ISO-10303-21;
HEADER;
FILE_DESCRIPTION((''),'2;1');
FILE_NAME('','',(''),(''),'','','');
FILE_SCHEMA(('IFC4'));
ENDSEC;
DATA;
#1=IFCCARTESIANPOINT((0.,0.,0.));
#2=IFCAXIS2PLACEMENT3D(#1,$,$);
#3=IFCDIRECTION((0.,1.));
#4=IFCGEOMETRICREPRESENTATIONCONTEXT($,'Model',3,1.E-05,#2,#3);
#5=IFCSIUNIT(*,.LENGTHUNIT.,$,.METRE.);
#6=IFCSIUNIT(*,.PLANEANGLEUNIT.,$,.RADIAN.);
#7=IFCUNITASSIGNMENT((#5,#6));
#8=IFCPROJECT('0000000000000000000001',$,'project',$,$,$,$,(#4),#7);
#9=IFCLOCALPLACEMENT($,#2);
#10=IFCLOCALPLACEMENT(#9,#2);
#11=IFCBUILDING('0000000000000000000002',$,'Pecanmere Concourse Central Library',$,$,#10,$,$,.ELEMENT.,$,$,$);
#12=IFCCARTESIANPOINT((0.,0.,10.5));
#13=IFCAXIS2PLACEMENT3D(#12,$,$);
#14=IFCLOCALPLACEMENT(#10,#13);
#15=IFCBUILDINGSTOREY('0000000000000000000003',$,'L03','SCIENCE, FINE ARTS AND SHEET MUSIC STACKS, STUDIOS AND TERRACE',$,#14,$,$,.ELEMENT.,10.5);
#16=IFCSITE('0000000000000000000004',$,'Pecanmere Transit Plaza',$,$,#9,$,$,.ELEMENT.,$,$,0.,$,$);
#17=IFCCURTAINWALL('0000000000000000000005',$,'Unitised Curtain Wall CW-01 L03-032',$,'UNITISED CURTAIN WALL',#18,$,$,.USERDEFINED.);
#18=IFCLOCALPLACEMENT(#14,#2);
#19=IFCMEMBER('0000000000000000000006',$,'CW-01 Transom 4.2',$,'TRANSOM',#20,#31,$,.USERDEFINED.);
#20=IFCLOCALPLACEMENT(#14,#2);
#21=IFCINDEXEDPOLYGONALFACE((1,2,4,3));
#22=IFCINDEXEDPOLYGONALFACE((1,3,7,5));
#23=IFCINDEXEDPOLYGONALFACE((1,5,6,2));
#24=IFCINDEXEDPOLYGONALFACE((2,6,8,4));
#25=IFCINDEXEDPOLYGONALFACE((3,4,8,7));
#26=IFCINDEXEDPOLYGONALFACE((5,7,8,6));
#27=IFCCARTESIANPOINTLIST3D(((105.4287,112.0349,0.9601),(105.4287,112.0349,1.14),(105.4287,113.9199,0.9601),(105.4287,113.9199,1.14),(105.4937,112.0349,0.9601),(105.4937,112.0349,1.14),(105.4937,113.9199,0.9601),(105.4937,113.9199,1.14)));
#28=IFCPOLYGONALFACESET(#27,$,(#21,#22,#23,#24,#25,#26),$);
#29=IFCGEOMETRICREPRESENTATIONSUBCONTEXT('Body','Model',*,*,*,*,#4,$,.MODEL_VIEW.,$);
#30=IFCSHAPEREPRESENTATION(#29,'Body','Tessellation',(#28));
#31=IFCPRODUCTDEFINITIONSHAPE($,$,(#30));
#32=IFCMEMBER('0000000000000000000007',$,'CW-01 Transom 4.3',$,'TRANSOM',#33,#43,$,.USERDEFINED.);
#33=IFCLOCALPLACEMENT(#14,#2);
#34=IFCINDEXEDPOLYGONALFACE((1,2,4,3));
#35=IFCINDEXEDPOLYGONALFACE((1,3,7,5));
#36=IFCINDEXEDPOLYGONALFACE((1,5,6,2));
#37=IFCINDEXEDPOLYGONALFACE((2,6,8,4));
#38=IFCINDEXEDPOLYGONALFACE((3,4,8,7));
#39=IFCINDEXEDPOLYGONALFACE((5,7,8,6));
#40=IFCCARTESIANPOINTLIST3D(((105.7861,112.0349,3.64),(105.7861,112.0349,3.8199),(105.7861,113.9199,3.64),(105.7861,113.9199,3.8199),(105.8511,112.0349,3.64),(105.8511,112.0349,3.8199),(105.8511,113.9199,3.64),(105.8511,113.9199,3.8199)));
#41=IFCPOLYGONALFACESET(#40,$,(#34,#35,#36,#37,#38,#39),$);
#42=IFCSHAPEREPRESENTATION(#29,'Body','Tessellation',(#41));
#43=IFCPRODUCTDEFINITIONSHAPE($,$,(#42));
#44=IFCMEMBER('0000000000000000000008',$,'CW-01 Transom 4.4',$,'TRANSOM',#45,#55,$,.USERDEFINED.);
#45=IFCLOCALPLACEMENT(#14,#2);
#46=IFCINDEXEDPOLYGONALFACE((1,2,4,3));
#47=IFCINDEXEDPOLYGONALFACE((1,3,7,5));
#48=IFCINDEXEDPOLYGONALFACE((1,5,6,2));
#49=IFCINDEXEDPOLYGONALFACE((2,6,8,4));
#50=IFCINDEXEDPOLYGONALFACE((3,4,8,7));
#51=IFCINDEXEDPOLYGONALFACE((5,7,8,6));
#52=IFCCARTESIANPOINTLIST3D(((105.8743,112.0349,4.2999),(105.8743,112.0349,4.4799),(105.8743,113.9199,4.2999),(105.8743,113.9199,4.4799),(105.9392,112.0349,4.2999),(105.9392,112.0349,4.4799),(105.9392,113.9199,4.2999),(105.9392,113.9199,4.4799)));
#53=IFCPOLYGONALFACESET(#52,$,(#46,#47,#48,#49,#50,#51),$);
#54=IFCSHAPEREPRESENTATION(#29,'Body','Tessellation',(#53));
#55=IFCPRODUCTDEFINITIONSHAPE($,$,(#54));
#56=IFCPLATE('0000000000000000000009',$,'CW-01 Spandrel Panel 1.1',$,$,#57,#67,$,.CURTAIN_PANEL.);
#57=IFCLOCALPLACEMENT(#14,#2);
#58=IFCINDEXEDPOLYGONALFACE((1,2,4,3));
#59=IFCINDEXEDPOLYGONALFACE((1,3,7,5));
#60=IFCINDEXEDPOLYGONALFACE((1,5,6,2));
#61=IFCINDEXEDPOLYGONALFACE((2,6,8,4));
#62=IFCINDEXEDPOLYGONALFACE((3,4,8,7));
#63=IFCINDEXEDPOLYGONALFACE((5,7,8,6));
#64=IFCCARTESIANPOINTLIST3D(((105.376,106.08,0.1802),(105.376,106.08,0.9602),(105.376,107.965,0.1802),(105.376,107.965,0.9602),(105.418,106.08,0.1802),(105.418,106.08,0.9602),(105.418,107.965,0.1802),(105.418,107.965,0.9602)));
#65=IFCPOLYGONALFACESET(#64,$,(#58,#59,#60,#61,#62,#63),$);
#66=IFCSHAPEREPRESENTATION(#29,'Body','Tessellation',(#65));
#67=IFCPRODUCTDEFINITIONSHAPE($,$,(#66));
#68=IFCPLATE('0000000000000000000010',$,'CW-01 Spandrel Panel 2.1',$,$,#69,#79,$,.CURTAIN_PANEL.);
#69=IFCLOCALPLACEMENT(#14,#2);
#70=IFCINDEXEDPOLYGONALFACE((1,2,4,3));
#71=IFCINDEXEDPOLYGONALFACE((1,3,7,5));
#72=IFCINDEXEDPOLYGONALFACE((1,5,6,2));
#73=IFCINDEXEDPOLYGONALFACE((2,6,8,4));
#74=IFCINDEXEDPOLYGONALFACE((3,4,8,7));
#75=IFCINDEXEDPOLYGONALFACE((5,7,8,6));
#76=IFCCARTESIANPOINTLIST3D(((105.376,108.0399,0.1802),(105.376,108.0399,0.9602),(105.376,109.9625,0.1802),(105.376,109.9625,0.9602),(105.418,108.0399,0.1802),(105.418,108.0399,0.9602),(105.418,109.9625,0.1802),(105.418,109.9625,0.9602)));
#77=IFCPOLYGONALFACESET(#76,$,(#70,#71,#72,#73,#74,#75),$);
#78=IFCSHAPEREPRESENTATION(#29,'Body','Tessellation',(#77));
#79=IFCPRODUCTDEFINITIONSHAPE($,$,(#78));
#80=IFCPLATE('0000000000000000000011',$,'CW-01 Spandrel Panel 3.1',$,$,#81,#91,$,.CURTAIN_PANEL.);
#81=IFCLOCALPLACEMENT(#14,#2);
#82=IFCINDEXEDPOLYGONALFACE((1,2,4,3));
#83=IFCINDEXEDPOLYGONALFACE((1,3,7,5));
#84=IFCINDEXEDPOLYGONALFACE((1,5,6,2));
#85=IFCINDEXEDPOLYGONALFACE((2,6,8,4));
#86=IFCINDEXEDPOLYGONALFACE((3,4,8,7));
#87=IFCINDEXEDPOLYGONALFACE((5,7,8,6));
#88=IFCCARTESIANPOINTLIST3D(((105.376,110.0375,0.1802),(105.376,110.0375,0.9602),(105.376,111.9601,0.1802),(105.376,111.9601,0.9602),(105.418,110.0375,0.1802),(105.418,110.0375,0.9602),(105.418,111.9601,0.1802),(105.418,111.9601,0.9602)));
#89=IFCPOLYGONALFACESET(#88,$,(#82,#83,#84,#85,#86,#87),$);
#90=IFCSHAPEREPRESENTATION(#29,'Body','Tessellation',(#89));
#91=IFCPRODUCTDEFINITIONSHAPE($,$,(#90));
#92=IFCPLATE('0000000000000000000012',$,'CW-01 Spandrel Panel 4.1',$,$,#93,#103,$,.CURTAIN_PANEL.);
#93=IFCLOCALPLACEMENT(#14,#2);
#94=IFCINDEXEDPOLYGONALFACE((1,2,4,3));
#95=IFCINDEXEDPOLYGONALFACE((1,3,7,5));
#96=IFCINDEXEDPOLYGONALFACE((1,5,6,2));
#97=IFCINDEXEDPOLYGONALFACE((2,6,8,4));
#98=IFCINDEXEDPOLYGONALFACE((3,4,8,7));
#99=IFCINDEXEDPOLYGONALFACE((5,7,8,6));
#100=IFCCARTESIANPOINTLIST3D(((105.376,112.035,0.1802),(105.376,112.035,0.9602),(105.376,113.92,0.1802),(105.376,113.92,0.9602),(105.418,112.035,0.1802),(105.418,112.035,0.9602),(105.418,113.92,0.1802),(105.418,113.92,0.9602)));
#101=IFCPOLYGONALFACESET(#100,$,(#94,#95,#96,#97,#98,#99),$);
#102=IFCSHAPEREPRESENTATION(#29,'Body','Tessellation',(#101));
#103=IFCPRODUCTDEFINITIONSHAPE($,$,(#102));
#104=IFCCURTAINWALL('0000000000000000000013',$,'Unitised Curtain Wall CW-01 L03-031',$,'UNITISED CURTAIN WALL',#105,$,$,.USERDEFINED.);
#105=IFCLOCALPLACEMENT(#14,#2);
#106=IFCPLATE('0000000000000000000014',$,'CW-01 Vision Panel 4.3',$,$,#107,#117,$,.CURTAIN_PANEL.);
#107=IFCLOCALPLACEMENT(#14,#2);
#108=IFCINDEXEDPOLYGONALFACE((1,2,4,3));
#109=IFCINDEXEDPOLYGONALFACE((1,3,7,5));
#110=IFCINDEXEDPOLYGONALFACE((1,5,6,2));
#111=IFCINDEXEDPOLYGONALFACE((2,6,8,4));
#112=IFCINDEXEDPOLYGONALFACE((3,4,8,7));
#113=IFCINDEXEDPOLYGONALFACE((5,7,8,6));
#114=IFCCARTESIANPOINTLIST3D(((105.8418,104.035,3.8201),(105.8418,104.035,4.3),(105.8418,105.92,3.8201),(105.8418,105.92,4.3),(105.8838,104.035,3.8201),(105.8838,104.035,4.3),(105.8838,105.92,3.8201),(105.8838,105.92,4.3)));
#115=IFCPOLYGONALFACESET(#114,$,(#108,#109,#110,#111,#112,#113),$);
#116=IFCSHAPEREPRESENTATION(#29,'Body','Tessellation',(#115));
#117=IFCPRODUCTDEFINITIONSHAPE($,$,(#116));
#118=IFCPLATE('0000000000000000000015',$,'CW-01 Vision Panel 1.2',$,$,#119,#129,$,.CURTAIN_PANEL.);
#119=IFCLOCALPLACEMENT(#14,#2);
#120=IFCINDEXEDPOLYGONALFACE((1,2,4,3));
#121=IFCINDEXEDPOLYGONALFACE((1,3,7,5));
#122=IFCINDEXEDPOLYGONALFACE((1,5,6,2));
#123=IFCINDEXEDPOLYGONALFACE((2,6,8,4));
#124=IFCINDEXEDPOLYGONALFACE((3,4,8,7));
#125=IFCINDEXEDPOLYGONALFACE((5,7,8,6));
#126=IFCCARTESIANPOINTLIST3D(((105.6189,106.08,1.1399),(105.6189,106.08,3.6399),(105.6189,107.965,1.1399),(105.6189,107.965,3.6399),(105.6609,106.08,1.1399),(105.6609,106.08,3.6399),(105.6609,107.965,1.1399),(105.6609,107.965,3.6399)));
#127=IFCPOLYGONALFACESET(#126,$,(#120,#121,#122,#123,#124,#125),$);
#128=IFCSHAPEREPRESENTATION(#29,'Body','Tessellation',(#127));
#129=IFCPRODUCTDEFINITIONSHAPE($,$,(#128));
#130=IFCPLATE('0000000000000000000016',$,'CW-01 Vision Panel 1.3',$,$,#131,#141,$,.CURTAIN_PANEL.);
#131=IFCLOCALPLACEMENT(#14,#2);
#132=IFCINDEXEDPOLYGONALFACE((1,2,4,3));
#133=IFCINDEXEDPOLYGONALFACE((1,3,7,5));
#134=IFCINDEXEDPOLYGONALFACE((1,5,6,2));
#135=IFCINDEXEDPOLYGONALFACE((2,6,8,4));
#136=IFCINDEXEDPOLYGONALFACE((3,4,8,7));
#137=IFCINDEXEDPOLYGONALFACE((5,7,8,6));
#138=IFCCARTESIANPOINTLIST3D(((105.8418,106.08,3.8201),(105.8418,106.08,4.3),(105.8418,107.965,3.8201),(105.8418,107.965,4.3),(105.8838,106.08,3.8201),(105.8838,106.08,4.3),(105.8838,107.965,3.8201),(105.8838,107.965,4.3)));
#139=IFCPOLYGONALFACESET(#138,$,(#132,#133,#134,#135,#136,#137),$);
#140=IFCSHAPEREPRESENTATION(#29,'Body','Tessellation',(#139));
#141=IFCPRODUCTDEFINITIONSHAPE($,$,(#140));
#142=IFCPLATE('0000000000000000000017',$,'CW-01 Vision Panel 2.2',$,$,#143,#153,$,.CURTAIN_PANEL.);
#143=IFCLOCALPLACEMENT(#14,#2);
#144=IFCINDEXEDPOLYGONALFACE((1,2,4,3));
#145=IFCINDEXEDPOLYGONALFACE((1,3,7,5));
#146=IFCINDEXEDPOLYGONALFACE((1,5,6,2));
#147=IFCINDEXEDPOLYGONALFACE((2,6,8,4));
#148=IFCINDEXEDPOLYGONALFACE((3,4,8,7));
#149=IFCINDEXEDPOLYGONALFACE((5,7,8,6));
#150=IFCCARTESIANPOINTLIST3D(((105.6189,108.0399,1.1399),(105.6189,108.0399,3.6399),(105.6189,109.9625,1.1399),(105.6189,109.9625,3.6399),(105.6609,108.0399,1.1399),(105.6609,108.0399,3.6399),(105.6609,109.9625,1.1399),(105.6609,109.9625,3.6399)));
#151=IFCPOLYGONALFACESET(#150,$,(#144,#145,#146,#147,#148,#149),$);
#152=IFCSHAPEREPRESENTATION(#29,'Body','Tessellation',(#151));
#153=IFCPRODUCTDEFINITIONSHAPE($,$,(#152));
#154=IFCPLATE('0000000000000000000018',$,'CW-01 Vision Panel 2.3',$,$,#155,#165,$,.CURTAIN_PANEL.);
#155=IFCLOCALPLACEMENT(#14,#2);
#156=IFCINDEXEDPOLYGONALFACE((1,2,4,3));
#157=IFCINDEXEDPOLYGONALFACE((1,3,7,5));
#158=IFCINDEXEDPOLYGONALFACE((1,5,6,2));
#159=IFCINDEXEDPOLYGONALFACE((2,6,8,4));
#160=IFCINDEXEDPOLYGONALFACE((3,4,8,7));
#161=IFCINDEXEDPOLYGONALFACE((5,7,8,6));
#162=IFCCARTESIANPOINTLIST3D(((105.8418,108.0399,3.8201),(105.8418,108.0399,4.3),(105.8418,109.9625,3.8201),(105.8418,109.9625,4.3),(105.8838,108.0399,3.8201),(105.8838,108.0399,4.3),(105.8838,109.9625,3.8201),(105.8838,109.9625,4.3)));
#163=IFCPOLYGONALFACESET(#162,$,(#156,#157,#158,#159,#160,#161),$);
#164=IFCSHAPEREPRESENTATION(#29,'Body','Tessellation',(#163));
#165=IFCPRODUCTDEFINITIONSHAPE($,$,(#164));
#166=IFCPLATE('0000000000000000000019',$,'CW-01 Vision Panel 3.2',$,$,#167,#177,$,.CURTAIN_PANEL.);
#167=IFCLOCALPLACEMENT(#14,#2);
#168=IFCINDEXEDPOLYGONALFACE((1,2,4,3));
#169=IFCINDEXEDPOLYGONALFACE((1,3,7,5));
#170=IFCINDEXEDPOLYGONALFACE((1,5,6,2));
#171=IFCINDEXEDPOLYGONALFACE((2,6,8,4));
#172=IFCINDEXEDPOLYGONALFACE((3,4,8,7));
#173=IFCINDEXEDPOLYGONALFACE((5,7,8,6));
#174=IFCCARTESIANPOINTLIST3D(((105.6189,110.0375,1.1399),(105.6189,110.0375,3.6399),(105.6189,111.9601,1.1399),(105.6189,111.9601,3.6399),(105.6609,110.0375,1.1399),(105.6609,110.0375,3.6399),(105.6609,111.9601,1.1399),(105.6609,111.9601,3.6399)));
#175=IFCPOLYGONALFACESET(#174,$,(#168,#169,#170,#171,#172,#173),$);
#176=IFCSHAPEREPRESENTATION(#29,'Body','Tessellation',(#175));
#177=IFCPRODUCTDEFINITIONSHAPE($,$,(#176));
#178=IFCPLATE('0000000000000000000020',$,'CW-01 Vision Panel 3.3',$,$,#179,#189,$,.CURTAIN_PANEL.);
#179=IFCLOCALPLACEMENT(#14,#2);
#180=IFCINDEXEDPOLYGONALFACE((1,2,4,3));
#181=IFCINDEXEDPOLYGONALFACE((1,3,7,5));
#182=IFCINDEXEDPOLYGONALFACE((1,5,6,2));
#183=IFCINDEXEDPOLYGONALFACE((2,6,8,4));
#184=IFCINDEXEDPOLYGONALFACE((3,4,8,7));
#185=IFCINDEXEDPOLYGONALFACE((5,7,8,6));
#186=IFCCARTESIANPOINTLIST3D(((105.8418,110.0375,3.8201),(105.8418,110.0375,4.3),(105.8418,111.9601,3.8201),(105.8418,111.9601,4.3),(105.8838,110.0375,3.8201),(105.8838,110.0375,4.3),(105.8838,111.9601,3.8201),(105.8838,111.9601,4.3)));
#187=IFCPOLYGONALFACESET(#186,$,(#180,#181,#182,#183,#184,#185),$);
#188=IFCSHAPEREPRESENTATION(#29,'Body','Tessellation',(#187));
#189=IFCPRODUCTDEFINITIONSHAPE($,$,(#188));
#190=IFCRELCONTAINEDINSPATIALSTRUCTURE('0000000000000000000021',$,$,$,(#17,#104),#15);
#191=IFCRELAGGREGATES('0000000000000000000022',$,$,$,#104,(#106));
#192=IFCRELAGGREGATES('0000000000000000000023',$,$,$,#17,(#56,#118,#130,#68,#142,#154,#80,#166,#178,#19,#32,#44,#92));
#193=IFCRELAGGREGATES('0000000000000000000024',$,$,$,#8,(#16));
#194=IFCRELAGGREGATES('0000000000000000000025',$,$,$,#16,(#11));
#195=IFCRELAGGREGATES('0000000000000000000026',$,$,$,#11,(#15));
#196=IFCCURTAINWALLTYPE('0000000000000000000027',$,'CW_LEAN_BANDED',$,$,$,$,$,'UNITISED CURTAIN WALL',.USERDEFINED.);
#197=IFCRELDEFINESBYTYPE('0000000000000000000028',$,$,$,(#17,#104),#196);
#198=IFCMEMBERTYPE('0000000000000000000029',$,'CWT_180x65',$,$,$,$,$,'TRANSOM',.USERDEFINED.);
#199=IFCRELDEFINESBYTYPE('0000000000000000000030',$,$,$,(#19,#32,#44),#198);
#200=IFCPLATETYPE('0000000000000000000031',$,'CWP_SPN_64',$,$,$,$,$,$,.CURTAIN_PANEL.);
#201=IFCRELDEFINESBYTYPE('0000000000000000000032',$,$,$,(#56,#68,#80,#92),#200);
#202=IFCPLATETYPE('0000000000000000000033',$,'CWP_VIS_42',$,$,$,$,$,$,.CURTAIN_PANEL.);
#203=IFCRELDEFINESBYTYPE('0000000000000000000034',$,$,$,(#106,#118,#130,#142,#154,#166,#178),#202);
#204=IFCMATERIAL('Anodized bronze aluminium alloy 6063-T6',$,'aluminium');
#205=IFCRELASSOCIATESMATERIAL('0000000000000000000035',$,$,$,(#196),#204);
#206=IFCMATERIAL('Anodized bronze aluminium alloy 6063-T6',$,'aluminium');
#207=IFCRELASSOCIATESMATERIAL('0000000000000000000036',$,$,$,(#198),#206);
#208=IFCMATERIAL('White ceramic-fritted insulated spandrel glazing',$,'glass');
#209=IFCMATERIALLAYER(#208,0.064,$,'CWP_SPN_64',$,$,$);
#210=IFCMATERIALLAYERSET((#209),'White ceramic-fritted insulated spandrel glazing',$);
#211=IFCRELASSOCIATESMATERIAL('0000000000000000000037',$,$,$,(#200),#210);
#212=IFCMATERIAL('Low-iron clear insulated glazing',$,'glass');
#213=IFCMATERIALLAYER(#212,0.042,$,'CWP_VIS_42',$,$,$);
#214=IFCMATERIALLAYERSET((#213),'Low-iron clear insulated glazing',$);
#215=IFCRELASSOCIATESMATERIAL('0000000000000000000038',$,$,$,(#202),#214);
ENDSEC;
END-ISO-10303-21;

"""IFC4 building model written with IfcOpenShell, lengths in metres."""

from ifc_helpers import new_model, si_unit, direction, frame, origin, origin_2d, place, context, subcontext, project, spatial, rectangle, extrude, material, layer, layer_set, material_profile, profile_set, type_object, element, aggregate, save


model = new_model("IFC4")

# Units and contexts
model_context = context("Model", 3, precision=1e-05, world=origin(), true_north=direction((0.0, 1.0)))
body_context = subcontext(model_context, "Body", "Model", "MODEL_VIEW")
ifc_project = project(units=[si_unit("LENGTHUNIT", "METRE"), si_unit("PLANEANGLEUNIT", "RADIAN")], contexts=[model_context])

# Site, building, storey
site_placement = place(None, origin())
site = spatial("IfcSite", under=ifc_project, at=site_placement, Name="Pecanmere Transit Plaza", CompositionType="ELEMENT", RefElevation=0.0)
building_placement = place(site_placement, origin())
building = spatial("IfcBuilding", under=site, at=building_placement, Name="Pecanmere Concourse Central Library", CompositionType="ELEMENT")
storey_placement = place(building_placement, frame((0.0, 0.0, 10.5)))
storey = spatial("IfcBuildingStorey", under=building, at=storey_placement, Name="L03", Description="SCIENCE, FINE ARTS AND SHEET MUSIC STACKS, STUDIOS AND TERRACE", CompositionType="ELEMENT", Elevation=10.5)

# Curtain wall, members, plates
ifc_material_1 = material(Name="Anodized bronze aluminium alloy 6063-T6", Category="aluminium")
curtain_wall_type = type_object("IfcCurtainWallType", Name="CW_LEAN_BANDED", ElementType="UNITISED CURTAIN WALL", PredefinedType="USERDEFINED", material=ifc_material_1)
curtain_wall_1_placement = place(storey_placement, origin())
curtain_wall_1 = element("IfcCurtainWall", 1, at=curtain_wall_1_placement, inside=storey, type_object=curtain_wall_type, Name="Unitised Curtain Wall CW-01 L03-032", ObjectType="UNITISED CURTAIN WALL", PredefinedType="USERDEFINED")
ifc_material_2 = material(Name="Anodized bronze aluminium alloy 6063-T6", Category="aluminium")
ifc_material_profile_1 = material_profile(ifc_material_2, rectangle(XDim=0.0649, YDim=0.1799, at=origin_2d()), Name="AL 65x180")
ifc_profile_set_1 = profile_set([ifc_material_profile_1], Name="Anodized bronze aluminium alloy 6063-T6")
member_type = type_object("IfcMemberType", Name="CWT_180x65", ElementType="TRANSOM", PredefinedType="USERDEFINED", material=ifc_profile_set_1)
member_1_placement = place(storey_placement, frame((105.4612, 112.0349, 1.05), z_axis=(0.0, 1.0, 0.0), x_axis=(-1.0, 0.0, 0.0)))
member_1 = element("IfcMember", 2, at=member_1_placement, type_object=member_type, Name="CW-01 Transom 4.2", ObjectType="TRANSOM", PredefinedType="USERDEFINED", context=body_context, shape_type="SweptSolid", body=[
    extrude(rectangle(XDim=0.0649, YDim=0.1799, at=origin_2d()), origin(), (0.0, 0.0, 1.0), 1.885),
])
member_2_placement = place(storey_placement, frame((105.8186, 112.0349, 3.73), z_axis=(0.0, 1.0, 0.0), x_axis=(-1.0, 0.0, 0.0)))
member_2 = element("IfcMember", 3, at=member_2_placement, type_object=member_type, Name="CW-01 Transom 4.3", ObjectType="TRANSOM", PredefinedType="USERDEFINED", context=body_context, shape_type="SweptSolid", body=[
    extrude(rectangle(XDim=0.0649, YDim=0.1799, at=origin_2d()), origin(), (0.0, 0.0, 1.0), 1.885),
])
member_3_placement = place(storey_placement, frame((105.9067, 112.0349, 4.3899), z_axis=(0.0, 1.0, 0.0), x_axis=(-1.0, 0.0, 0.0)))
member_3 = element("IfcMember", 4, at=member_3_placement, type_object=member_type, Name="CW-01 Transom 4.4", ObjectType="TRANSOM", PredefinedType="USERDEFINED", context=body_context, shape_type="SweptSolid", body=[
    extrude(rectangle(XDim=0.0649, YDim=0.1799, at=origin_2d()), origin(), (0.0, 0.0, 1.0), 1.885),
])
ifc_material_3 = material(Name="White ceramic-fritted insulated spandrel glazing", Category="glass")
ifc_layer_1 = layer(ifc_material_3, 0.064, Name="CWP_SPN_64")
ifc_layer_set_1 = layer_set([ifc_layer_1], Name="White ceramic-fritted insulated spandrel glazing")
plate_type_1 = type_object("IfcPlateType", Name="CWP_SPN_64", PredefinedType="CURTAIN_PANEL", material=ifc_layer_set_1)
plate_1_placement = place(storey_placement, frame((105.397, 107.0225, 0.1802), z_axis=(0.0, 0.0, 1.0), x_axis=(0.0, 1.0, 0.0)))
plate_1 = element("IfcPlate", 5, at=plate_1_placement, type_object=plate_type_1, Name="CW-01 Spandrel Panel 1.1", PredefinedType="CURTAIN_PANEL", context=body_context, shape_type="SweptSolid", body=[
    extrude(rectangle(XDim=1.885, YDim=0.042, at=origin_2d()), origin(), (0.0, 0.0, 1.0), 0.78),
])
plate_2_placement = place(storey_placement, frame((105.397, 109.0012, 0.1802), z_axis=(0.0, 0.0, 1.0), x_axis=(0.0, 1.0, 0.0)))
plate_2 = element("IfcPlate", 6, at=plate_2_placement, type_object=plate_type_1, Name="CW-01 Spandrel Panel 2.1", PredefinedType="CURTAIN_PANEL", context=body_context, shape_type="SweptSolid", body=[
    extrude(rectangle(XDim=1.9226, YDim=0.042, at=origin_2d()), origin(), (0.0, 0.0, 1.0), 0.78),
])
plate_3_placement = place(storey_placement, frame((105.397, 110.9988, 0.1802), z_axis=(0.0, 0.0, 1.0), x_axis=(0.0, 1.0, 0.0)))
plate_3 = element("IfcPlate", 7, at=plate_3_placement, type_object=plate_type_1, Name="CW-01 Spandrel Panel 3.1", PredefinedType="CURTAIN_PANEL", context=body_context, shape_type="SweptSolid", body=[
    extrude(rectangle(XDim=1.9226, YDim=0.042, at=origin_2d()), origin(), (0.0, 0.0, 1.0), 0.78),
])
plate_4_placement = place(storey_placement, frame((105.397, 112.9775, 0.1802), z_axis=(0.0, 0.0, 1.0), x_axis=(0.0, 1.0, 0.0)))
plate_4 = element("IfcPlate", 8, at=plate_4_placement, type_object=plate_type_1, Name="CW-01 Spandrel Panel 4.1", PredefinedType="CURTAIN_PANEL", context=body_context, shape_type="SweptSolid", body=[
    extrude(rectangle(XDim=1.885, YDim=0.042, at=origin_2d()), origin(), (0.0, 0.0, 1.0), 0.78),
])

# Curtain wall, plate
curtain_wall_2_placement = place(storey_placement, origin())
curtain_wall_2 = element("IfcCurtainWall", 9, at=curtain_wall_2_placement, inside=storey, type_object=curtain_wall_type, Name="Unitised Curtain Wall CW-01 L03-031", ObjectType="UNITISED CURTAIN WALL", PredefinedType="USERDEFINED")
ifc_material_4 = material(Name="Low-iron clear insulated glazing", Category="glass")
ifc_layer_2 = layer(ifc_material_4, 0.042, Name="CWP_VIS_42")
ifc_layer_set_2 = layer_set([ifc_layer_2], Name="Low-iron clear insulated glazing")
plate_type_2 = type_object("IfcPlateType", Name="CWP_VIS_42", PredefinedType="CURTAIN_PANEL", material=ifc_layer_set_2)
plate_5_placement = place(storey_placement, frame((105.8628, 104.9775, 3.8201), z_axis=(0.0, 0.0, 1.0), x_axis=(0.0, 1.0, 0.0)))
plate_5 = element("IfcPlate", 10, at=plate_5_placement, type_object=plate_type_2, Name="CW-01 Vision Panel 4.3", PredefinedType="CURTAIN_PANEL", context=body_context, shape_type="SweptSolid", body=[
    extrude(rectangle(XDim=1.885, YDim=0.042, at=origin_2d()), origin(), (0.0, 0.0, 1.0), 0.48),
])
aggregate(curtain_wall_2, [plate_5])

# Plates
plate_6_placement = place(storey_placement, frame((105.6399, 107.0225, 1.1399), z_axis=(0.0, 0.0, 1.0), x_axis=(0.0, 1.0, 0.0)))
plate_6 = element("IfcPlate", 11, at=plate_6_placement, type_object=plate_type_2, Name="CW-01 Vision Panel 1.2", PredefinedType="CURTAIN_PANEL", context=body_context, shape_type="SweptSolid", body=[
    extrude(rectangle(XDim=1.885, YDim=0.042, at=origin_2d()), origin(), (0.0, 0.0, 1.0), 2.5),
])
plate_7_placement = place(storey_placement, frame((105.8628, 107.0225, 3.8201), z_axis=(0.0, 0.0, 1.0), x_axis=(0.0, 1.0, 0.0)))
plate_7 = element("IfcPlate", 12, at=plate_7_placement, type_object=plate_type_2, Name="CW-01 Vision Panel 1.3", PredefinedType="CURTAIN_PANEL", context=body_context, shape_type="SweptSolid", body=[
    extrude(rectangle(XDim=1.885, YDim=0.042, at=origin_2d()), origin(), (0.0, 0.0, 1.0), 0.48),
])
plate_8_placement = place(storey_placement, frame((105.6399, 109.0012, 1.1399), z_axis=(0.0, 0.0, 1.0), x_axis=(0.0, 1.0, 0.0)))
plate_8 = element("IfcPlate", 13, at=plate_8_placement, type_object=plate_type_2, Name="CW-01 Vision Panel 2.2", PredefinedType="CURTAIN_PANEL", context=body_context, shape_type="SweptSolid", body=[
    extrude(rectangle(XDim=1.9226, YDim=0.042, at=origin_2d()), origin(), (0.0, 0.0, 1.0), 2.5),
])
plate_9_placement = place(storey_placement, frame((105.8628, 109.0012, 3.8201), z_axis=(0.0, 0.0, 1.0), x_axis=(0.0, 1.0, 0.0)))
plate_9 = element("IfcPlate", 14, at=plate_9_placement, type_object=plate_type_2, Name="CW-01 Vision Panel 2.3", PredefinedType="CURTAIN_PANEL", context=body_context, shape_type="SweptSolid", body=[
    extrude(rectangle(XDim=1.9226, YDim=0.042, at=origin_2d()), origin(), (0.0, 0.0, 1.0), 0.48),
])
plate_10_placement = place(storey_placement, frame((105.6399, 110.9988, 1.1399), z_axis=(0.0, 0.0, 1.0), x_axis=(0.0, 1.0, 0.0)))
plate_10 = element("IfcPlate", 15, at=plate_10_placement, type_object=plate_type_2, Name="CW-01 Vision Panel 3.2", PredefinedType="CURTAIN_PANEL", context=body_context, shape_type="SweptSolid", body=[
    extrude(rectangle(XDim=1.9226, YDim=0.042, at=origin_2d()), origin(), (0.0, 0.0, 1.0), 2.5),
])
plate_11_placement = place(storey_placement, frame((105.8628, 110.9988, 3.8201), z_axis=(0.0, 0.0, 1.0), x_axis=(0.0, 1.0, 0.0)))
plate_11 = element("IfcPlate", 16, at=plate_11_placement, type_object=plate_type_2, Name="CW-01 Vision Panel 3.3", PredefinedType="CURTAIN_PANEL", context=body_context, shape_type="SweptSolid", body=[
    extrude(rectangle(XDim=1.9226, YDim=0.042, at=origin_2d()), origin(), (0.0, 0.0, 1.0), 0.48),
])
aggregate(curtain_wall_1, [plate_1, plate_6, plate_7, plate_2, plate_8, plate_9, plate_3, plate_10, plate_11, member_1, member_2, member_3, plate_4])

save(model, "model.ifc")
